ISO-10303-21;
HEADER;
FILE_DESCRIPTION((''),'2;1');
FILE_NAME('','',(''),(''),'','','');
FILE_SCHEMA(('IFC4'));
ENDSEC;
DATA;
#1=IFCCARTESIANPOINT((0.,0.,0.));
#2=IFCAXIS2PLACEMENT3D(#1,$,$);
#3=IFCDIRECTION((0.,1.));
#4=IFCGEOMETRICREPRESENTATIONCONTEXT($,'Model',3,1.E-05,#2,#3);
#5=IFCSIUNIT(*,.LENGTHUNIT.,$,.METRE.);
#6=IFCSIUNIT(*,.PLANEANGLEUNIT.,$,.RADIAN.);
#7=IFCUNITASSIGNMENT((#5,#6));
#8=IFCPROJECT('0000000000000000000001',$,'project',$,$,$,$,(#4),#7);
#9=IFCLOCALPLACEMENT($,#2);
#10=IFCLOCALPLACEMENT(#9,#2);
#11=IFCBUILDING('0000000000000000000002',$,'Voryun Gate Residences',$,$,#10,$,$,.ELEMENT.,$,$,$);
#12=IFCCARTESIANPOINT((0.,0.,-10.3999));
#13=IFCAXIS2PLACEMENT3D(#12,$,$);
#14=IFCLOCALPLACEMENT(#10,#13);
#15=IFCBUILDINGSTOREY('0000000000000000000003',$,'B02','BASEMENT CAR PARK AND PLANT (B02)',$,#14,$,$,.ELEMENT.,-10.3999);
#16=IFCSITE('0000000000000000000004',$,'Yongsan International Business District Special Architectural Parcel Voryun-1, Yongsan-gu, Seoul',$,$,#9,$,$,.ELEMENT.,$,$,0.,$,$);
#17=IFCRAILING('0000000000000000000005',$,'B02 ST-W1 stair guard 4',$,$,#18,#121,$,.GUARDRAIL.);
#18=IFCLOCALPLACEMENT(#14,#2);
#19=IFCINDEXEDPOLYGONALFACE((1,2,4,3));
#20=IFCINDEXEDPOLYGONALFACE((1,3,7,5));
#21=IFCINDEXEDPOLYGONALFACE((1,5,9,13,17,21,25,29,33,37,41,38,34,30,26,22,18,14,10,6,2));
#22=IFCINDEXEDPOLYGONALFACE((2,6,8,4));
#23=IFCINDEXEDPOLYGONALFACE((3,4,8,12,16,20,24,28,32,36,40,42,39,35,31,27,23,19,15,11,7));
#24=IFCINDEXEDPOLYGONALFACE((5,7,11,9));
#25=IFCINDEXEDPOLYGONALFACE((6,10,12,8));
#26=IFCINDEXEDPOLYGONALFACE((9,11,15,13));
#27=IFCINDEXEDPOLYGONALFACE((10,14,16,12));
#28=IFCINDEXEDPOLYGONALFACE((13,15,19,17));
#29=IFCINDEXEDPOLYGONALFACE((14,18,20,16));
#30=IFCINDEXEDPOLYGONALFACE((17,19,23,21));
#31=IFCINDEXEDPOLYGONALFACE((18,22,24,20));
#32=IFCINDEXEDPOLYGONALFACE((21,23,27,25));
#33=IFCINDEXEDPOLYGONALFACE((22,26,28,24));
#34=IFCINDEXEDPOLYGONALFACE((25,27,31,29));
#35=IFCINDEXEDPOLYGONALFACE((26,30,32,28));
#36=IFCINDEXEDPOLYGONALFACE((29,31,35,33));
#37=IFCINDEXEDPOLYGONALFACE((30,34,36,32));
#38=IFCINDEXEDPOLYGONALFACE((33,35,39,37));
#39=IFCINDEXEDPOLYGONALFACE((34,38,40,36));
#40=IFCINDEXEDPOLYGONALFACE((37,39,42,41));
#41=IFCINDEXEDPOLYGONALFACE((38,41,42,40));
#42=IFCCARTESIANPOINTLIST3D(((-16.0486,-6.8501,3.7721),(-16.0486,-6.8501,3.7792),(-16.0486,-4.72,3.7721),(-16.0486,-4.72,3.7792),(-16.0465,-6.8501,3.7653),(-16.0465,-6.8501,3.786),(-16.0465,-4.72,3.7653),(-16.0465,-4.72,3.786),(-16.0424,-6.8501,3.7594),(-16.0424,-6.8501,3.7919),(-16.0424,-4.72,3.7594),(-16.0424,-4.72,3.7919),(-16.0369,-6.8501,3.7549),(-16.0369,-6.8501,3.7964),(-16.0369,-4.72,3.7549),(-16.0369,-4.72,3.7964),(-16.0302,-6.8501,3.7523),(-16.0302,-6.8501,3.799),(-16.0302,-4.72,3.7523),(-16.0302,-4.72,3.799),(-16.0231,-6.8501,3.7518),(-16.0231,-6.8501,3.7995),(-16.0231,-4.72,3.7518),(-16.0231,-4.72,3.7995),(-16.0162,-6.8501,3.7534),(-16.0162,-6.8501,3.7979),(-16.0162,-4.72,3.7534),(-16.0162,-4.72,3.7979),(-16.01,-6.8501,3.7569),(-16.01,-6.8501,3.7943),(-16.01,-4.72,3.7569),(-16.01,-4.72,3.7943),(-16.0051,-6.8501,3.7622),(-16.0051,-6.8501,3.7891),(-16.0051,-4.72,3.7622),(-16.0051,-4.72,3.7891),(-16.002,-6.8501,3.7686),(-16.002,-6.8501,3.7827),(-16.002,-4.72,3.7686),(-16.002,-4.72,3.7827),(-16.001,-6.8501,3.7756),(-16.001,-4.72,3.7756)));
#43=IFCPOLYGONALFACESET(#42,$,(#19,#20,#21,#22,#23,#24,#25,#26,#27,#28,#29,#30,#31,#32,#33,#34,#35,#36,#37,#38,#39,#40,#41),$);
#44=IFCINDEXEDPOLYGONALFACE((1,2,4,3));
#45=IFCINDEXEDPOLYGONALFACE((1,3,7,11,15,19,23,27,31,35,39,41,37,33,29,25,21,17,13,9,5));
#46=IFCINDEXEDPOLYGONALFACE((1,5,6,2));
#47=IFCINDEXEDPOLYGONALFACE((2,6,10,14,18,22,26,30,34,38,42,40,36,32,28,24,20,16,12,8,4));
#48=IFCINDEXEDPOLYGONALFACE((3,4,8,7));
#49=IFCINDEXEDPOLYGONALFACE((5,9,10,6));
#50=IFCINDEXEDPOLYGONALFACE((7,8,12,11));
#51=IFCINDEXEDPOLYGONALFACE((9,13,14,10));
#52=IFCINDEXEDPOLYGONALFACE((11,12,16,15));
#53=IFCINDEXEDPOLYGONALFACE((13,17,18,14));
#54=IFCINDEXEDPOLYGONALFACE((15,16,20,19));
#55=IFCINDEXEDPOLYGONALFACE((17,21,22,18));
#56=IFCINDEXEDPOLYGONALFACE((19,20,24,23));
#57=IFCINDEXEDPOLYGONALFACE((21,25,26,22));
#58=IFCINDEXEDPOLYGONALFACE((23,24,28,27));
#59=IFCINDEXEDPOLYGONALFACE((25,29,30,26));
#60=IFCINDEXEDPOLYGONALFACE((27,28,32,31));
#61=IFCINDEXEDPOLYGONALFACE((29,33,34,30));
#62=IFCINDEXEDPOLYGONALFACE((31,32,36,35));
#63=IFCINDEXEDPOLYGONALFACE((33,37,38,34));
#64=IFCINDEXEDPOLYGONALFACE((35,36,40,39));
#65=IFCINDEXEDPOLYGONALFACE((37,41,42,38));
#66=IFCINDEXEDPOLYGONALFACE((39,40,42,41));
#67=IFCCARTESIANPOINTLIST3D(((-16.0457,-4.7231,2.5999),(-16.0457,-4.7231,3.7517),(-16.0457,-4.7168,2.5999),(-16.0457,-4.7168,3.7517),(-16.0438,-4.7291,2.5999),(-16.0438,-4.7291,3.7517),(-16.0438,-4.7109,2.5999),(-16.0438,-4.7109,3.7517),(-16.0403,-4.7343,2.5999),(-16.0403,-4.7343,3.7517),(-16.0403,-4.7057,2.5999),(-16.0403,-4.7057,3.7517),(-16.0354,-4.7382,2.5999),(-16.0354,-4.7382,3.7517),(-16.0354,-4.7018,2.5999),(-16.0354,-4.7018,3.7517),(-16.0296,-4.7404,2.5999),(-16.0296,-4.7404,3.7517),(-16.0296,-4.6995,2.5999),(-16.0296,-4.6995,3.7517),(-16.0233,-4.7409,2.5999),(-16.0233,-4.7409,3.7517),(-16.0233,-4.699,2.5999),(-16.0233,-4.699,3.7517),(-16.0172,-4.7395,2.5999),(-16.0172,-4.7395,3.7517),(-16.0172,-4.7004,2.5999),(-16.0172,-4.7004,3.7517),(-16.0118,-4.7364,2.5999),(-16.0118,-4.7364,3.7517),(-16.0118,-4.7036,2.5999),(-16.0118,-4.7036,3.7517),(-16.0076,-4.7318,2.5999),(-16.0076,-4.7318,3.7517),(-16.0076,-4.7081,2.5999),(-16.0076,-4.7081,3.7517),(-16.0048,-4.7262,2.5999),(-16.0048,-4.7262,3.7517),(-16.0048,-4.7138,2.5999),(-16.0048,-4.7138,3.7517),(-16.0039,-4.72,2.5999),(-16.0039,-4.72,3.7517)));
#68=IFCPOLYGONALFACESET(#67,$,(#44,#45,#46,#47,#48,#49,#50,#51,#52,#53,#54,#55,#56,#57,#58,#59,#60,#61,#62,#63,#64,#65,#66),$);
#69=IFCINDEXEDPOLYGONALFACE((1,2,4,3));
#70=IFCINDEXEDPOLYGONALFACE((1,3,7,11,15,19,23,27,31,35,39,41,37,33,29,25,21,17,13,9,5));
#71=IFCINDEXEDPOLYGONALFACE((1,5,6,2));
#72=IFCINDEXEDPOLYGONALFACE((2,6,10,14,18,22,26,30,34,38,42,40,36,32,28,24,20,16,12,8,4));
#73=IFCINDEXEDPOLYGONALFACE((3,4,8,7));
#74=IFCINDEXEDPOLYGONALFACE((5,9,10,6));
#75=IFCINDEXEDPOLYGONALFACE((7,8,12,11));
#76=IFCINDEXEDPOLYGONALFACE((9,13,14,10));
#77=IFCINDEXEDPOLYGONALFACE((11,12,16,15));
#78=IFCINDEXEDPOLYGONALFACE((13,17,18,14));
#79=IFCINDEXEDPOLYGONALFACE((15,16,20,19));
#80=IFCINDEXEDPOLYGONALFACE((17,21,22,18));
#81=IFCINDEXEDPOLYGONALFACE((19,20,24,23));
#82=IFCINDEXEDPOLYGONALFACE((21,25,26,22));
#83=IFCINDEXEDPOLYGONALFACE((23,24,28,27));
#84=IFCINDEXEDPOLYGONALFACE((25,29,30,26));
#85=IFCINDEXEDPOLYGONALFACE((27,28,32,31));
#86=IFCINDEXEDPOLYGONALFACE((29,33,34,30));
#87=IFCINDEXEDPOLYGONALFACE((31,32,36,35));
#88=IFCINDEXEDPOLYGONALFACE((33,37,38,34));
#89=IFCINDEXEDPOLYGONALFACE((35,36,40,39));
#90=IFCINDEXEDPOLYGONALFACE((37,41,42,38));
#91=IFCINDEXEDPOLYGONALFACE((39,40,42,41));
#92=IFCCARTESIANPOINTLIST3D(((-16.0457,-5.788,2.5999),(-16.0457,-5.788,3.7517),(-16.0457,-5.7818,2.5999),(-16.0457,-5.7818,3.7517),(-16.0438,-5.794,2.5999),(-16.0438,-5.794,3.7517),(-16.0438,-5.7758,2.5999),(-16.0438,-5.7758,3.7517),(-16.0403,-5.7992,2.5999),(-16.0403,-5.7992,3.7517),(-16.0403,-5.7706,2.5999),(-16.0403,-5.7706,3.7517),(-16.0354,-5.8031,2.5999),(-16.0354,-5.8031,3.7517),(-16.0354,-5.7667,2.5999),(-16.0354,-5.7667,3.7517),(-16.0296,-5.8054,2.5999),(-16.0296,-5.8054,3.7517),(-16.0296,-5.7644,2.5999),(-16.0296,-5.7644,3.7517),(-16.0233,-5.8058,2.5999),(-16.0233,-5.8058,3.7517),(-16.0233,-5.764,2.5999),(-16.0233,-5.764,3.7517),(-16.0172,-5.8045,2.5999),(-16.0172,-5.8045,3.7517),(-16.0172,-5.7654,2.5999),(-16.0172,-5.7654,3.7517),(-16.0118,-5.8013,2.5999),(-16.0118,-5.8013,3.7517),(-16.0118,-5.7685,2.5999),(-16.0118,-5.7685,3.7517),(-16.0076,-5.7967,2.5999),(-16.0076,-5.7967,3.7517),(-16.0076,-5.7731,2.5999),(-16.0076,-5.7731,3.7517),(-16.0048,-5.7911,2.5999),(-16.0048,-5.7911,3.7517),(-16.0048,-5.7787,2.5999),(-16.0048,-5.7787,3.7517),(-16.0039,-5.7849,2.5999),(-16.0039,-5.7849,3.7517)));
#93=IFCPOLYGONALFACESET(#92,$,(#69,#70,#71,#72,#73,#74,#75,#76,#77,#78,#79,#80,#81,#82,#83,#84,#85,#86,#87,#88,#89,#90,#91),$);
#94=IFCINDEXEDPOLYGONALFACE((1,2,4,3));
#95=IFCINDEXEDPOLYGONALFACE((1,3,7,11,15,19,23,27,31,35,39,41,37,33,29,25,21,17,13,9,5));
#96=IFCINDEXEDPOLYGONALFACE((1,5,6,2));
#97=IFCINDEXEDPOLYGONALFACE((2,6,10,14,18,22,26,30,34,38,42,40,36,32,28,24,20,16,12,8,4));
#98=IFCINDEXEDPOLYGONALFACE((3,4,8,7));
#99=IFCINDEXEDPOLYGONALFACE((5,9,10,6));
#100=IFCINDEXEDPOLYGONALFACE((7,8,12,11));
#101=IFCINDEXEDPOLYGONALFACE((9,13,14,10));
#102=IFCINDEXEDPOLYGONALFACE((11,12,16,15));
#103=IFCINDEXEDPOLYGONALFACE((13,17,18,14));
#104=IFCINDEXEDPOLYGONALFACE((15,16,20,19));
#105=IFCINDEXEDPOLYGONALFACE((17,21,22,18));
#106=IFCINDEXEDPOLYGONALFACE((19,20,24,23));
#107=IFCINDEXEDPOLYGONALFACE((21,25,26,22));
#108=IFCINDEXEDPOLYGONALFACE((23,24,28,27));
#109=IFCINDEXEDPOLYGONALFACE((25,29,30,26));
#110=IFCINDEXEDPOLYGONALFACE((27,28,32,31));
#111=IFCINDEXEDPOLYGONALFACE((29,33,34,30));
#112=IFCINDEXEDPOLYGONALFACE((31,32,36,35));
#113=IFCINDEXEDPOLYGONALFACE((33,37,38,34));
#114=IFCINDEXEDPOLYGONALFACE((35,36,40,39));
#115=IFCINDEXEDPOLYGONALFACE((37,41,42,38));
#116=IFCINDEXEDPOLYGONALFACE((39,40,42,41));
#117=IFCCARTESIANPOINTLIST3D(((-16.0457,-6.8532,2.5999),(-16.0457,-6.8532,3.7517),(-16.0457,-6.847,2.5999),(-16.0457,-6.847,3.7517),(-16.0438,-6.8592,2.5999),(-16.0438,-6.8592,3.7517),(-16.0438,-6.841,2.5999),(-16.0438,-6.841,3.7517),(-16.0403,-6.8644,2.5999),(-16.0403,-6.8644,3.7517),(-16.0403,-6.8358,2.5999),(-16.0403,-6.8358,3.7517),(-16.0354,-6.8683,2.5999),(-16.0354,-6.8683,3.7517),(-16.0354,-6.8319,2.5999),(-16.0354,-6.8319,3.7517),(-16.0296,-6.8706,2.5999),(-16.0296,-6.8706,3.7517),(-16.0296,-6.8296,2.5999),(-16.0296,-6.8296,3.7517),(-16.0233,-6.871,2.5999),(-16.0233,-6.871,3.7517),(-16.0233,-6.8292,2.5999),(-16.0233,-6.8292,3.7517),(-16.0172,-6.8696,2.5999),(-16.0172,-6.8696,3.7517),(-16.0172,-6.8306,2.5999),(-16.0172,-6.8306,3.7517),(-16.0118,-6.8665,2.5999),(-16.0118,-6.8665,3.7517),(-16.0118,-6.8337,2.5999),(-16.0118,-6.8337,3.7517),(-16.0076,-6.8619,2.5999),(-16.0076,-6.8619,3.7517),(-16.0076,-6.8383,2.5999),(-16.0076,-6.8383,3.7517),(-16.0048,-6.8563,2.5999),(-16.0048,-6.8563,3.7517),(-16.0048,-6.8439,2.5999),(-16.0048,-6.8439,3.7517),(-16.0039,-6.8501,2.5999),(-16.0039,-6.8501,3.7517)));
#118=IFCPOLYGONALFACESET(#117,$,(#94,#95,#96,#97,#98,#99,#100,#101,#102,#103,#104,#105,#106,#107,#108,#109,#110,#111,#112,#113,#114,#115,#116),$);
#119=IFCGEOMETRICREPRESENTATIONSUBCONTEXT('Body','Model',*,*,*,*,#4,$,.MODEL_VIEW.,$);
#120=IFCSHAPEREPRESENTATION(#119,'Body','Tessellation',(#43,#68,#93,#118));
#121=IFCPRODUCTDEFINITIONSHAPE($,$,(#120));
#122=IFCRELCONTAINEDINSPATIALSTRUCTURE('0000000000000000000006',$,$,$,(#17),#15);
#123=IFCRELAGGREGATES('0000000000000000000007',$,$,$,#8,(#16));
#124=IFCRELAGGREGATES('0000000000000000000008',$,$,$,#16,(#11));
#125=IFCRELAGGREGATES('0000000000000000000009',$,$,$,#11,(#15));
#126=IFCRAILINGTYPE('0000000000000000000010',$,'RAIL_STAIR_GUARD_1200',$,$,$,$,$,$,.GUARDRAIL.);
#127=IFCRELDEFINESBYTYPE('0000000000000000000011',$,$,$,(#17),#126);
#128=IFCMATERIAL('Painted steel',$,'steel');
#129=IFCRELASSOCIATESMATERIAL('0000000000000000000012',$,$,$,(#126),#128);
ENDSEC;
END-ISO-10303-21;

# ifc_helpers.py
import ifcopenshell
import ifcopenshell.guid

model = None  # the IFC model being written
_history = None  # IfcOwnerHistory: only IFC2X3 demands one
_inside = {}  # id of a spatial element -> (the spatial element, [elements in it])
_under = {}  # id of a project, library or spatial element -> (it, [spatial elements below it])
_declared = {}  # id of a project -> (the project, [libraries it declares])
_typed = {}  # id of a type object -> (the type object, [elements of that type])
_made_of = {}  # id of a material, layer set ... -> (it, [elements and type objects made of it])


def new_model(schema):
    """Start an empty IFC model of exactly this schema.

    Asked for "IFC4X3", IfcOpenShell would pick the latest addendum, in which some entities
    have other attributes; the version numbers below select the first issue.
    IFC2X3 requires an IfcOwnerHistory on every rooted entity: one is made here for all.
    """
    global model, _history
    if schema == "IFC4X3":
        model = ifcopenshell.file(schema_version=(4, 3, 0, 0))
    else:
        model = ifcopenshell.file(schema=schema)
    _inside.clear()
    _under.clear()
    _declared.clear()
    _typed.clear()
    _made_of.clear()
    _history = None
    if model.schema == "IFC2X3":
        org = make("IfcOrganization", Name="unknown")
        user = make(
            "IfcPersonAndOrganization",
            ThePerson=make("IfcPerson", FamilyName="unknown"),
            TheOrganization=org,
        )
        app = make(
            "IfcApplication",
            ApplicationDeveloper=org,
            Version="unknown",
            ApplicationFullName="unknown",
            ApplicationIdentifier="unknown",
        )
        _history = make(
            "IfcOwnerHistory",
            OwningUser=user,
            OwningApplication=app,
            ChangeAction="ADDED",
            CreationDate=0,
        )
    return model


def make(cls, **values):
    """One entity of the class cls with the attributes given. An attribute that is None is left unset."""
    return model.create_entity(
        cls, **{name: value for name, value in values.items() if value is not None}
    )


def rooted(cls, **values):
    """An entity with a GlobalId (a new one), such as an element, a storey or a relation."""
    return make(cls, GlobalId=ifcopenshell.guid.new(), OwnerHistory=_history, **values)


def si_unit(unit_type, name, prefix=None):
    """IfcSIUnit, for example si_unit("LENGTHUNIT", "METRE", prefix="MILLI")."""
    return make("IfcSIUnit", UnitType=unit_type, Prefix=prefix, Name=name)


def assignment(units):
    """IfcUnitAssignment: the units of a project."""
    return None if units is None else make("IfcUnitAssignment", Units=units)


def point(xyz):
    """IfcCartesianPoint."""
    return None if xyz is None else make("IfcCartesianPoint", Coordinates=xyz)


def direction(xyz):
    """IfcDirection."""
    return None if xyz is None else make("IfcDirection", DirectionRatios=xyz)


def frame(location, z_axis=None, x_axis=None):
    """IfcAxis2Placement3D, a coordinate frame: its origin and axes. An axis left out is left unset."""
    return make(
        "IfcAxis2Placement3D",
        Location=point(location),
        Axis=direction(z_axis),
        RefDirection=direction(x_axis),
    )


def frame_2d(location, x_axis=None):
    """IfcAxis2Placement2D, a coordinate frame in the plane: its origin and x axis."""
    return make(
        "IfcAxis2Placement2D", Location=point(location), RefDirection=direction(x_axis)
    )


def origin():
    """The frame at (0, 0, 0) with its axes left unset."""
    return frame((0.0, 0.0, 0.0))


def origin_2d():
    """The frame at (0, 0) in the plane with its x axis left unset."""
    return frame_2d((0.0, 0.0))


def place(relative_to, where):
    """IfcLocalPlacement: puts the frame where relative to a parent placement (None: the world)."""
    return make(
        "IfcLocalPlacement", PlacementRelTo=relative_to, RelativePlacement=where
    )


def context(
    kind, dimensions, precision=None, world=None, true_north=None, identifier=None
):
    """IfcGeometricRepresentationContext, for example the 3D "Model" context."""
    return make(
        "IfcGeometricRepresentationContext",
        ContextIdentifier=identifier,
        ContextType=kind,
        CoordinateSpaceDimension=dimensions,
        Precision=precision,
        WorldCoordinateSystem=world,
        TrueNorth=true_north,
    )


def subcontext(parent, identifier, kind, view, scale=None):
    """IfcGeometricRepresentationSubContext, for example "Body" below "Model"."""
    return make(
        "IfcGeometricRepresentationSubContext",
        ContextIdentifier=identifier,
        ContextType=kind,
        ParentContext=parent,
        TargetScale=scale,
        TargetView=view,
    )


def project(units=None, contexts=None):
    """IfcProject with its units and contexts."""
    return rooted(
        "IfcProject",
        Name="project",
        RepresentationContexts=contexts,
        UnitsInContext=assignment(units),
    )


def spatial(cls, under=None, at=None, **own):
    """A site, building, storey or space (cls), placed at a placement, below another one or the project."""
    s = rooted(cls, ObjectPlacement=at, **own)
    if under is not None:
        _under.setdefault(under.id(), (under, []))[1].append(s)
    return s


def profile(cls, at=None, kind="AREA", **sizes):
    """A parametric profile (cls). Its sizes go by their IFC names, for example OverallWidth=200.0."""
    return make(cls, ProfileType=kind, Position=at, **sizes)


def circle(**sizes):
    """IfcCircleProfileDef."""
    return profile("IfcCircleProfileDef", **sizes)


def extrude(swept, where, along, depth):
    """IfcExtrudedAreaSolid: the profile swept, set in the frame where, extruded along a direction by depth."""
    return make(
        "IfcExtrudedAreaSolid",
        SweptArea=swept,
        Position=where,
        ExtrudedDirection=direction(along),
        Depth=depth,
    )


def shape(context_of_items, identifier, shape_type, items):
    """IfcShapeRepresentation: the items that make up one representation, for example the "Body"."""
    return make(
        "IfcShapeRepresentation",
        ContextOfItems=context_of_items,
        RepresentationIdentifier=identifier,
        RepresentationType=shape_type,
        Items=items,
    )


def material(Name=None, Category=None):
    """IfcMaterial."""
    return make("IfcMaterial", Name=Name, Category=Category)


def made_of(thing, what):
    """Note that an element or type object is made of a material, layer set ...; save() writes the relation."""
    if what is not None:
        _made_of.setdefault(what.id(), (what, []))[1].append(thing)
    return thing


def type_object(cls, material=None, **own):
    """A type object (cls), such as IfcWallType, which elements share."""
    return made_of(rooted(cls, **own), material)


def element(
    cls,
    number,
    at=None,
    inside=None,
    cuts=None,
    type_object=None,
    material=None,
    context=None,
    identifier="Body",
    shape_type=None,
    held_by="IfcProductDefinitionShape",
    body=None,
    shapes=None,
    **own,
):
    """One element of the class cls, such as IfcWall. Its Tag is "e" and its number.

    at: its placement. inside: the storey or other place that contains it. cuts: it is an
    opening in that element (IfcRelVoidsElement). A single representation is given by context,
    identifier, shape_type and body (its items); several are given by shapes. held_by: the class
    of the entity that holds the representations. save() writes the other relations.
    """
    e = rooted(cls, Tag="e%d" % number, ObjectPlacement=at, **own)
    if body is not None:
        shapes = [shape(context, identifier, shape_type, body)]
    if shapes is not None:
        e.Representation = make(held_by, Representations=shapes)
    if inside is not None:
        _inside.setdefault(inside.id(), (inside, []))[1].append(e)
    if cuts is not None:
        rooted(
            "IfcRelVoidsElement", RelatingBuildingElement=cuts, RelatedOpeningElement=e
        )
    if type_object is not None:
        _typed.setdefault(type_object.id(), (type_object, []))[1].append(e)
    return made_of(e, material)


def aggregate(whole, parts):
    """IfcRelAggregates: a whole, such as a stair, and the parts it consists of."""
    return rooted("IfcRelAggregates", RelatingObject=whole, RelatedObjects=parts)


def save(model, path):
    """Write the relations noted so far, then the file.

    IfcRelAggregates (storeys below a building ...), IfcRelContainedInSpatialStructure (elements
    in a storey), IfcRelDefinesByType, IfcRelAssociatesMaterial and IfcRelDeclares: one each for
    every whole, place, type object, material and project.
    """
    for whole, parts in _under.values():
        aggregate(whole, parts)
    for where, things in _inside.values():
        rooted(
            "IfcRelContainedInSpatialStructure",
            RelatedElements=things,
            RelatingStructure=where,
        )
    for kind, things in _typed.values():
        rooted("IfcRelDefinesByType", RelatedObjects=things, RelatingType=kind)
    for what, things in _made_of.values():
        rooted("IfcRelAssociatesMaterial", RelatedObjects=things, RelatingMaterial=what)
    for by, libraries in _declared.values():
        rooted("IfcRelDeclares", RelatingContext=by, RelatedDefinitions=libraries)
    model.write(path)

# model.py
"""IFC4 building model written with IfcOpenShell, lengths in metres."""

from ifc_helpers import new_model, si_unit, direction, frame, origin, origin_2d, place, context, subcontext, project, spatial, circle, extrude, material, type_object, element, save


model = new_model("IFC4")

# Units and contexts
model_context = context("Model", 3, precision=1e-05, world=origin(), true_north=direction((0.0, 1.0)))
body_context = subcontext(model_context, "Body", "Model", "MODEL_VIEW")
ifc_project = project(units=[si_unit("LENGTHUNIT", "METRE"), si_unit("PLANEANGLEUNIT", "RADIAN")], contexts=[model_context])

# Site, building, storey
site_placement = place(None, origin())
site = spatial("IfcSite", under=ifc_project, at=site_placement, Name="Yongsan International Business District Special Architectural Parcel Voryun-1, Yongsan-gu, Seoul", CompositionType="ELEMENT", RefElevation=0.0)
building_placement = place(site_placement, origin())
building = spatial("IfcBuilding", under=site, at=building_placement, Name="Voryun Gate Residences", CompositionType="ELEMENT")
storey_placement = place(building_placement, frame((0.0, 0.0, -10.3999)))
storey = spatial("IfcBuildingStorey", under=building, at=storey_placement, Name="B02", Description="BASEMENT CAR PARK AND PLANT (B02)", CompositionType="ELEMENT", Elevation=-10.3999)

# Railing
ifc_material_1 = material(Name="Painted steel", Category="steel")
railing_type_1 = type_object("IfcRailingType", Name="RAIL_STAIR_GUARD_1200", PredefinedType="GUARDRAIL", material=ifc_material_1)
for number, where, name in (
    (1, (-16.0249, -4.72, 2.5999), "B02 ST-W1 stair guard 4"),
):
    element("IfcRailing", number, at=place(storey_placement, frame(where)), inside=storey, type_object=railing_type_1, Name=name, PredefinedType="GUARDRAIL", context=body_context, shape_type="SweptSolid", body=[
        extrude(circle(Radius=0.0239, at=origin_2d()), frame((0.0, 0.0, 1.1758), z_axis=(0.0, -1.0, 0.0), x_axis=(1.0, 0.0, 0.0)), (0.0, 0.0, 1.0), 2.1301),
        extrude(circle(Radius=0.021, at=origin_2d()), origin(), (0.0, 0.0, 1.0), 1.1519),
        extrude(circle(Radius=0.021, at=origin_2d()), frame((0.0, -1.0649, 0.0)), (0.0, 0.0, 1.0), 1.1519),
        extrude(circle(Radius=0.021, at=origin_2d()), frame((0.0, -2.1301, 0.0)), (0.0, 0.0, 1.0), 1.1519),
    ])

save(model, "model.ifc")
